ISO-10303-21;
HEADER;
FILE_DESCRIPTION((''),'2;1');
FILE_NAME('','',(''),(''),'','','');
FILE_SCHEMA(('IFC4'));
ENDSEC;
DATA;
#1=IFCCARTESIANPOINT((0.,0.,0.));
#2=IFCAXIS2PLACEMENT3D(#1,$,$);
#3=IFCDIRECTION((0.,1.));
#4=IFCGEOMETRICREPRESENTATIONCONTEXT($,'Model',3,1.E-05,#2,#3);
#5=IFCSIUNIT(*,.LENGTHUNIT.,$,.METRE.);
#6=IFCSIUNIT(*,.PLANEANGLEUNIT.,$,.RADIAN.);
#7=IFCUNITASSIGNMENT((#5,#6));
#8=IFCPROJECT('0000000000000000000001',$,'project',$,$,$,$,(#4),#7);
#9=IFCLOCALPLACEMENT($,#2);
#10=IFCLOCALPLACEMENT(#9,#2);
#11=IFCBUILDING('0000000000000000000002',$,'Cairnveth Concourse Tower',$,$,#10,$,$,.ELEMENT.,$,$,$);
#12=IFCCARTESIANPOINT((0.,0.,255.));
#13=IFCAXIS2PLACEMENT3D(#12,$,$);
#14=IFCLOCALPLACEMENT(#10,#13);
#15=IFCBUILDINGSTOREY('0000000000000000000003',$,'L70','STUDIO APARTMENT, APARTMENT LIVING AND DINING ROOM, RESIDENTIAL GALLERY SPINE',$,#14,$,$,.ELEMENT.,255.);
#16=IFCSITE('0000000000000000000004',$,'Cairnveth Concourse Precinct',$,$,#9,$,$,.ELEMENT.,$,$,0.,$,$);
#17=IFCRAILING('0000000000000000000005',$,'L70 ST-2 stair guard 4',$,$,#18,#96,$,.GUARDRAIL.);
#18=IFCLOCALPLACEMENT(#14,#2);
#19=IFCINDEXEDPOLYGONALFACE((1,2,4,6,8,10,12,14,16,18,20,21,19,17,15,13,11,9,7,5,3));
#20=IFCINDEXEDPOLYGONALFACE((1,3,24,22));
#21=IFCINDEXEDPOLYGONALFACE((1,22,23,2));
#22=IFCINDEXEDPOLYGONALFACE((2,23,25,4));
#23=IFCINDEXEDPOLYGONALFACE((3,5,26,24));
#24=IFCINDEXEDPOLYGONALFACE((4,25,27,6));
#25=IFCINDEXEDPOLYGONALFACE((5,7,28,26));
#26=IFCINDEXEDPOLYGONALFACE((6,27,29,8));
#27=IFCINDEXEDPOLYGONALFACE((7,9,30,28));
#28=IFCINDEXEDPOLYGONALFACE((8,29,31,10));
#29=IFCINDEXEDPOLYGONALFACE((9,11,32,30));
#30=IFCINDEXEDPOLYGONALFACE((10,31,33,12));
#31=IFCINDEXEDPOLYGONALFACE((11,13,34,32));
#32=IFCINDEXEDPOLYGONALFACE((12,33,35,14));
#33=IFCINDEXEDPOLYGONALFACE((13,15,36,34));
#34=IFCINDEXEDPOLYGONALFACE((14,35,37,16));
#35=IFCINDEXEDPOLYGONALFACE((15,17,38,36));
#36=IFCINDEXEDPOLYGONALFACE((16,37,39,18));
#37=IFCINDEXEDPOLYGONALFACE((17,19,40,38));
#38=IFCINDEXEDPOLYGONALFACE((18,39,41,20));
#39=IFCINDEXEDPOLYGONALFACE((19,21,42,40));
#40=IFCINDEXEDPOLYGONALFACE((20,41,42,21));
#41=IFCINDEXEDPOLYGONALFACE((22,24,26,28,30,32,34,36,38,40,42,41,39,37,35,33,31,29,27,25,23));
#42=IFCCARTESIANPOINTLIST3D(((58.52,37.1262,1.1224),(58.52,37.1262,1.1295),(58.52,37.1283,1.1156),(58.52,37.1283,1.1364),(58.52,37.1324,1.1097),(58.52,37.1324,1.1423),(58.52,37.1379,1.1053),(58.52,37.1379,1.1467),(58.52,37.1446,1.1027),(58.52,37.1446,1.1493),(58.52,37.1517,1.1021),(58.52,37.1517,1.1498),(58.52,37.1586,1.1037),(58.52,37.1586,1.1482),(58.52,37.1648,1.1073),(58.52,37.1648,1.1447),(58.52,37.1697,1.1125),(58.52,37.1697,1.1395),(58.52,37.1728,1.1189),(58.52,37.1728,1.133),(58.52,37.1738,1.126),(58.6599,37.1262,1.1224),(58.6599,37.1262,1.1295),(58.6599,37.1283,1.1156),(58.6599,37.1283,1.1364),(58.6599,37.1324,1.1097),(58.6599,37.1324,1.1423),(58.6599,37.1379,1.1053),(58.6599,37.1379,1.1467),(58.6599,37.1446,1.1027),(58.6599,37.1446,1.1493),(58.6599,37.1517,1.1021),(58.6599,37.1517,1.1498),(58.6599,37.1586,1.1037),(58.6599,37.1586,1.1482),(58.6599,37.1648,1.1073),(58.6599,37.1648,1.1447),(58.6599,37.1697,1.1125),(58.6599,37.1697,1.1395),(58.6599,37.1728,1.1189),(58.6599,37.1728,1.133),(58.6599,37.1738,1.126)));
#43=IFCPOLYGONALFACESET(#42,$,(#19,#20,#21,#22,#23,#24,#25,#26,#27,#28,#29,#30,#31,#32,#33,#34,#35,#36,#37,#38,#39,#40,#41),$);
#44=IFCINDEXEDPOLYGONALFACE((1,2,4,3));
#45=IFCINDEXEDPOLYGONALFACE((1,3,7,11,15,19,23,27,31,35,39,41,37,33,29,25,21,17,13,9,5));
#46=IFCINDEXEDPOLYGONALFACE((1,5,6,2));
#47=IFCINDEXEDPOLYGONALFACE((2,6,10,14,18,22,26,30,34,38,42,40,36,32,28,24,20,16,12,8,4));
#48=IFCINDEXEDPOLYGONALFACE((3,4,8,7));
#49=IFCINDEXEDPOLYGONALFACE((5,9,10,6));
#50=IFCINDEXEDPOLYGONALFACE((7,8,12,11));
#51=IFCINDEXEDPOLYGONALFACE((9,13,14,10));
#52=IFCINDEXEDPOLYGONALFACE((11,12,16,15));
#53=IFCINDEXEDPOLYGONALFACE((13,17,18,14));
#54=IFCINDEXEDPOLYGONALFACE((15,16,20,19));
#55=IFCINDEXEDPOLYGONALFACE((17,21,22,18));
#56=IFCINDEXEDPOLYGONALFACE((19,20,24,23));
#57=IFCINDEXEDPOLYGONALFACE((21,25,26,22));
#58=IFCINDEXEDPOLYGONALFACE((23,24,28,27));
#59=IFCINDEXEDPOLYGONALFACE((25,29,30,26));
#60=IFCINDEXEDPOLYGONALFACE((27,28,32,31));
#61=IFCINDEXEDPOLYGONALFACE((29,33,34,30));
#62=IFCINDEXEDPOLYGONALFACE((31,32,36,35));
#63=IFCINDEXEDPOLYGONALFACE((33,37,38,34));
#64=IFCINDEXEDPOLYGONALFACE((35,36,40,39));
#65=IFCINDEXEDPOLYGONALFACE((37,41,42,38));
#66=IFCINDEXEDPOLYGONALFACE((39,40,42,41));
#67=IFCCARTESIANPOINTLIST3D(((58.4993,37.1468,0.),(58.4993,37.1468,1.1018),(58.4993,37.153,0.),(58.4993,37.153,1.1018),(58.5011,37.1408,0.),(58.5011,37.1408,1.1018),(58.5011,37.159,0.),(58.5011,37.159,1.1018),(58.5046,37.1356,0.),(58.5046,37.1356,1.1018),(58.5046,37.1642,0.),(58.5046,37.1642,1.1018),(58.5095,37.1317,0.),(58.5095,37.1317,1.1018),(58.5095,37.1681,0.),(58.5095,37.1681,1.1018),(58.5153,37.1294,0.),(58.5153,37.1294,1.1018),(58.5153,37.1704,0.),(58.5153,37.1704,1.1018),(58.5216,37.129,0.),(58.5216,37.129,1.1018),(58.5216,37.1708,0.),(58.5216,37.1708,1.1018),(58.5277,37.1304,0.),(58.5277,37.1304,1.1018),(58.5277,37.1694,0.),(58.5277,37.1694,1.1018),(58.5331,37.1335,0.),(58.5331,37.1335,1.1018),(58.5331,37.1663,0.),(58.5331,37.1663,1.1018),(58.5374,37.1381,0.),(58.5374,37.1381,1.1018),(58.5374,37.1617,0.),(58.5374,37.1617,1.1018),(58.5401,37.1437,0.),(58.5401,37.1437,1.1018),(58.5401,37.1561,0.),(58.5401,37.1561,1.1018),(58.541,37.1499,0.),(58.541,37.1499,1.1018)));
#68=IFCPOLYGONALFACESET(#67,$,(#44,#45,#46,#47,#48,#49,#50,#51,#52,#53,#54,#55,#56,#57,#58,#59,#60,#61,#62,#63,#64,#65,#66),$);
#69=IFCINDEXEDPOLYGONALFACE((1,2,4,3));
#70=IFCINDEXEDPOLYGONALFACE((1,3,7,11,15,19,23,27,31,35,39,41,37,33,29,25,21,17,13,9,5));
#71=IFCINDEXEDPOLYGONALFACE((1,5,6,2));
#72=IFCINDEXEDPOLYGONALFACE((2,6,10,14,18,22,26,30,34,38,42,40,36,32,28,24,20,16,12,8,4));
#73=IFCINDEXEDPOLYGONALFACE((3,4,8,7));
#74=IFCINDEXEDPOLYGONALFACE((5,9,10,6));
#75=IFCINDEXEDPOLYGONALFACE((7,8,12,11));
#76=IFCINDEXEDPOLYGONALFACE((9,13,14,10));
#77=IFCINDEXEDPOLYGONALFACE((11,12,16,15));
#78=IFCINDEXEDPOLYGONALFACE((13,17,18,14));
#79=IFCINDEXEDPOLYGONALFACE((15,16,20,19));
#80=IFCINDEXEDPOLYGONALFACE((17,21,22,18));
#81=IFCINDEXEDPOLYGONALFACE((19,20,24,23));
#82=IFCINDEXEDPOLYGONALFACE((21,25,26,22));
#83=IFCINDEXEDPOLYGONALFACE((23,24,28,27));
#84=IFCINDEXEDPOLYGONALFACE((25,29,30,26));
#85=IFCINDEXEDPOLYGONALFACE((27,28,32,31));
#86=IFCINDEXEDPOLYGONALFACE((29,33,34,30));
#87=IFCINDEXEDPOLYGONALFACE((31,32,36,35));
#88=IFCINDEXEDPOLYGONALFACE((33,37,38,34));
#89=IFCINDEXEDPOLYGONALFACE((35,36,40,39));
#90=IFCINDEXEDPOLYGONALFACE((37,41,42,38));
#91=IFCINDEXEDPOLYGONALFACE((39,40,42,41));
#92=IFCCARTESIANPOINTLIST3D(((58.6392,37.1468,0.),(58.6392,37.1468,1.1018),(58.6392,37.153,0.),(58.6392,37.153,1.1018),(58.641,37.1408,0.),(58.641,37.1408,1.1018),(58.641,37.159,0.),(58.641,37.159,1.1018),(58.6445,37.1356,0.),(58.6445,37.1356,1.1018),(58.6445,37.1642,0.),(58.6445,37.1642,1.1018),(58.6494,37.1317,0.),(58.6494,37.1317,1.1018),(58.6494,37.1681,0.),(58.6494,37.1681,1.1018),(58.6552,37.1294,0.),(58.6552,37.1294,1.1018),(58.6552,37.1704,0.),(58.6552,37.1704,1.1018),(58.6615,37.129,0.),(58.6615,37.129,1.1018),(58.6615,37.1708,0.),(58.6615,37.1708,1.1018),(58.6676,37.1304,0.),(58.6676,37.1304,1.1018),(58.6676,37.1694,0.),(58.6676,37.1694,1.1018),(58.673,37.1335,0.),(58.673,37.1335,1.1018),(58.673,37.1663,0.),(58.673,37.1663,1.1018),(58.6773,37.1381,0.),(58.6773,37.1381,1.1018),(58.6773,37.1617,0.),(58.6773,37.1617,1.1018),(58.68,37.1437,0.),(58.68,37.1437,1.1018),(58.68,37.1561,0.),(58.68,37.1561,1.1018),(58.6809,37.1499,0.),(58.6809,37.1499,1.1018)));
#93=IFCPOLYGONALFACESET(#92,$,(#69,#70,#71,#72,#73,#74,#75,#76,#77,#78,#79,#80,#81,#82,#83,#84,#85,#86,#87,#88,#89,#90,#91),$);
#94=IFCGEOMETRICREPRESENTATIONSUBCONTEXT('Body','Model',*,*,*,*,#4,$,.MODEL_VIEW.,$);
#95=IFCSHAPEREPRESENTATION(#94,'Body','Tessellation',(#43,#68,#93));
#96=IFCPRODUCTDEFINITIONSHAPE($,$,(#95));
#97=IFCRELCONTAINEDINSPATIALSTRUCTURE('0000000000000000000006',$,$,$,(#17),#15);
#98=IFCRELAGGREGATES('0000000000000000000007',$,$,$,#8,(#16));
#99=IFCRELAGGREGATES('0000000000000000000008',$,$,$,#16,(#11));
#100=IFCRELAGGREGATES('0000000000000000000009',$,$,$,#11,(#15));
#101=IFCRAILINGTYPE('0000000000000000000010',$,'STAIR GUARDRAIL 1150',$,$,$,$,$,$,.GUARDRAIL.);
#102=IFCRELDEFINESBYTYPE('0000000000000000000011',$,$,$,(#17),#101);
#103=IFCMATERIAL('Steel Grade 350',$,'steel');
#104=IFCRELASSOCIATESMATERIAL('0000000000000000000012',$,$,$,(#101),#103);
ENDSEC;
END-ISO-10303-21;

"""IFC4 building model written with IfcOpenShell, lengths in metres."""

from ifc_helpers import new_model, si_unit, direction, frame, origin, origin_2d, place, context, subcontext, project, spatial, circle, extrude, material, type_object, element, save


model = new_model("IFC4")

# Units and contexts
model_context = context("Model", 3, precision=1e-05, world=origin(), true_north=direction((0.0, 1.0)))
body_context = subcontext(model_context, "Body", "Model", "MODEL_VIEW")
ifc_project = project(units=[si_unit("LENGTHUNIT", "METRE"), si_unit("PLANEANGLEUNIT", "RADIAN")], contexts=[model_context])

# Site, building, storey
site_placement = place(None, origin())
site = spatial("IfcSite", under=ifc_project, at=site_placement, Name="Cairnveth Concourse Precinct", CompositionType="ELEMENT", RefElevation=0.0)
building_placement = place(site_placement, origin())
building = spatial("IfcBuilding", under=site, at=building_placement, Name="Cairnveth Concourse Tower", CompositionType="ELEMENT")
storey_placement = place(building_placement, frame((0.0, 0.0, 255.0)))
storey = spatial("IfcBuildingStorey", under=building, at=storey_placement, Name="L70", Description="STUDIO APARTMENT, APARTMENT LIVING AND DINING ROOM, RESIDENTIAL GALLERY SPINE", CompositionType="ELEMENT", Elevation=255.0)

# Shared definitions
ifc_material_1 = material(Name="Steel Grade 350", Category="steel")

# Railing
railing_type = type_object("IfcRailingType", Name="STAIR GUARDRAIL 1150", PredefinedType="GUARDRAIL", material=ifc_material_1)
railing_1_placement = place(storey_placement, frame((58.52, 37.1499, 0.0)))
element("IfcRailing", 1, at=railing_1_placement, inside=storey, type_object=railing_type, Name="L70 ST-2 stair guard 4", PredefinedType="GUARDRAIL", context=body_context, shape_type="SweptSolid", body=[
    extrude(circle(Radius=0.0239, at=origin_2d()), frame((0.0, 0.0, 1.126), z_axis=(1.0, 0.0, 0.0), x_axis=(0.0, 1.0, 0.0)), (0.0, 0.0, 1.0), 0.1399),
    extrude(circle(Radius=0.021, at=origin_2d()), origin(), (0.0, 0.0, 1.0), 1.1018),
    extrude(circle(Radius=0.021, at=origin_2d()), frame((0.1399, 0.0, 0.0)), (0.0, 0.0, 1.0), 1.1018),
])

save(model, "model.ifc")
